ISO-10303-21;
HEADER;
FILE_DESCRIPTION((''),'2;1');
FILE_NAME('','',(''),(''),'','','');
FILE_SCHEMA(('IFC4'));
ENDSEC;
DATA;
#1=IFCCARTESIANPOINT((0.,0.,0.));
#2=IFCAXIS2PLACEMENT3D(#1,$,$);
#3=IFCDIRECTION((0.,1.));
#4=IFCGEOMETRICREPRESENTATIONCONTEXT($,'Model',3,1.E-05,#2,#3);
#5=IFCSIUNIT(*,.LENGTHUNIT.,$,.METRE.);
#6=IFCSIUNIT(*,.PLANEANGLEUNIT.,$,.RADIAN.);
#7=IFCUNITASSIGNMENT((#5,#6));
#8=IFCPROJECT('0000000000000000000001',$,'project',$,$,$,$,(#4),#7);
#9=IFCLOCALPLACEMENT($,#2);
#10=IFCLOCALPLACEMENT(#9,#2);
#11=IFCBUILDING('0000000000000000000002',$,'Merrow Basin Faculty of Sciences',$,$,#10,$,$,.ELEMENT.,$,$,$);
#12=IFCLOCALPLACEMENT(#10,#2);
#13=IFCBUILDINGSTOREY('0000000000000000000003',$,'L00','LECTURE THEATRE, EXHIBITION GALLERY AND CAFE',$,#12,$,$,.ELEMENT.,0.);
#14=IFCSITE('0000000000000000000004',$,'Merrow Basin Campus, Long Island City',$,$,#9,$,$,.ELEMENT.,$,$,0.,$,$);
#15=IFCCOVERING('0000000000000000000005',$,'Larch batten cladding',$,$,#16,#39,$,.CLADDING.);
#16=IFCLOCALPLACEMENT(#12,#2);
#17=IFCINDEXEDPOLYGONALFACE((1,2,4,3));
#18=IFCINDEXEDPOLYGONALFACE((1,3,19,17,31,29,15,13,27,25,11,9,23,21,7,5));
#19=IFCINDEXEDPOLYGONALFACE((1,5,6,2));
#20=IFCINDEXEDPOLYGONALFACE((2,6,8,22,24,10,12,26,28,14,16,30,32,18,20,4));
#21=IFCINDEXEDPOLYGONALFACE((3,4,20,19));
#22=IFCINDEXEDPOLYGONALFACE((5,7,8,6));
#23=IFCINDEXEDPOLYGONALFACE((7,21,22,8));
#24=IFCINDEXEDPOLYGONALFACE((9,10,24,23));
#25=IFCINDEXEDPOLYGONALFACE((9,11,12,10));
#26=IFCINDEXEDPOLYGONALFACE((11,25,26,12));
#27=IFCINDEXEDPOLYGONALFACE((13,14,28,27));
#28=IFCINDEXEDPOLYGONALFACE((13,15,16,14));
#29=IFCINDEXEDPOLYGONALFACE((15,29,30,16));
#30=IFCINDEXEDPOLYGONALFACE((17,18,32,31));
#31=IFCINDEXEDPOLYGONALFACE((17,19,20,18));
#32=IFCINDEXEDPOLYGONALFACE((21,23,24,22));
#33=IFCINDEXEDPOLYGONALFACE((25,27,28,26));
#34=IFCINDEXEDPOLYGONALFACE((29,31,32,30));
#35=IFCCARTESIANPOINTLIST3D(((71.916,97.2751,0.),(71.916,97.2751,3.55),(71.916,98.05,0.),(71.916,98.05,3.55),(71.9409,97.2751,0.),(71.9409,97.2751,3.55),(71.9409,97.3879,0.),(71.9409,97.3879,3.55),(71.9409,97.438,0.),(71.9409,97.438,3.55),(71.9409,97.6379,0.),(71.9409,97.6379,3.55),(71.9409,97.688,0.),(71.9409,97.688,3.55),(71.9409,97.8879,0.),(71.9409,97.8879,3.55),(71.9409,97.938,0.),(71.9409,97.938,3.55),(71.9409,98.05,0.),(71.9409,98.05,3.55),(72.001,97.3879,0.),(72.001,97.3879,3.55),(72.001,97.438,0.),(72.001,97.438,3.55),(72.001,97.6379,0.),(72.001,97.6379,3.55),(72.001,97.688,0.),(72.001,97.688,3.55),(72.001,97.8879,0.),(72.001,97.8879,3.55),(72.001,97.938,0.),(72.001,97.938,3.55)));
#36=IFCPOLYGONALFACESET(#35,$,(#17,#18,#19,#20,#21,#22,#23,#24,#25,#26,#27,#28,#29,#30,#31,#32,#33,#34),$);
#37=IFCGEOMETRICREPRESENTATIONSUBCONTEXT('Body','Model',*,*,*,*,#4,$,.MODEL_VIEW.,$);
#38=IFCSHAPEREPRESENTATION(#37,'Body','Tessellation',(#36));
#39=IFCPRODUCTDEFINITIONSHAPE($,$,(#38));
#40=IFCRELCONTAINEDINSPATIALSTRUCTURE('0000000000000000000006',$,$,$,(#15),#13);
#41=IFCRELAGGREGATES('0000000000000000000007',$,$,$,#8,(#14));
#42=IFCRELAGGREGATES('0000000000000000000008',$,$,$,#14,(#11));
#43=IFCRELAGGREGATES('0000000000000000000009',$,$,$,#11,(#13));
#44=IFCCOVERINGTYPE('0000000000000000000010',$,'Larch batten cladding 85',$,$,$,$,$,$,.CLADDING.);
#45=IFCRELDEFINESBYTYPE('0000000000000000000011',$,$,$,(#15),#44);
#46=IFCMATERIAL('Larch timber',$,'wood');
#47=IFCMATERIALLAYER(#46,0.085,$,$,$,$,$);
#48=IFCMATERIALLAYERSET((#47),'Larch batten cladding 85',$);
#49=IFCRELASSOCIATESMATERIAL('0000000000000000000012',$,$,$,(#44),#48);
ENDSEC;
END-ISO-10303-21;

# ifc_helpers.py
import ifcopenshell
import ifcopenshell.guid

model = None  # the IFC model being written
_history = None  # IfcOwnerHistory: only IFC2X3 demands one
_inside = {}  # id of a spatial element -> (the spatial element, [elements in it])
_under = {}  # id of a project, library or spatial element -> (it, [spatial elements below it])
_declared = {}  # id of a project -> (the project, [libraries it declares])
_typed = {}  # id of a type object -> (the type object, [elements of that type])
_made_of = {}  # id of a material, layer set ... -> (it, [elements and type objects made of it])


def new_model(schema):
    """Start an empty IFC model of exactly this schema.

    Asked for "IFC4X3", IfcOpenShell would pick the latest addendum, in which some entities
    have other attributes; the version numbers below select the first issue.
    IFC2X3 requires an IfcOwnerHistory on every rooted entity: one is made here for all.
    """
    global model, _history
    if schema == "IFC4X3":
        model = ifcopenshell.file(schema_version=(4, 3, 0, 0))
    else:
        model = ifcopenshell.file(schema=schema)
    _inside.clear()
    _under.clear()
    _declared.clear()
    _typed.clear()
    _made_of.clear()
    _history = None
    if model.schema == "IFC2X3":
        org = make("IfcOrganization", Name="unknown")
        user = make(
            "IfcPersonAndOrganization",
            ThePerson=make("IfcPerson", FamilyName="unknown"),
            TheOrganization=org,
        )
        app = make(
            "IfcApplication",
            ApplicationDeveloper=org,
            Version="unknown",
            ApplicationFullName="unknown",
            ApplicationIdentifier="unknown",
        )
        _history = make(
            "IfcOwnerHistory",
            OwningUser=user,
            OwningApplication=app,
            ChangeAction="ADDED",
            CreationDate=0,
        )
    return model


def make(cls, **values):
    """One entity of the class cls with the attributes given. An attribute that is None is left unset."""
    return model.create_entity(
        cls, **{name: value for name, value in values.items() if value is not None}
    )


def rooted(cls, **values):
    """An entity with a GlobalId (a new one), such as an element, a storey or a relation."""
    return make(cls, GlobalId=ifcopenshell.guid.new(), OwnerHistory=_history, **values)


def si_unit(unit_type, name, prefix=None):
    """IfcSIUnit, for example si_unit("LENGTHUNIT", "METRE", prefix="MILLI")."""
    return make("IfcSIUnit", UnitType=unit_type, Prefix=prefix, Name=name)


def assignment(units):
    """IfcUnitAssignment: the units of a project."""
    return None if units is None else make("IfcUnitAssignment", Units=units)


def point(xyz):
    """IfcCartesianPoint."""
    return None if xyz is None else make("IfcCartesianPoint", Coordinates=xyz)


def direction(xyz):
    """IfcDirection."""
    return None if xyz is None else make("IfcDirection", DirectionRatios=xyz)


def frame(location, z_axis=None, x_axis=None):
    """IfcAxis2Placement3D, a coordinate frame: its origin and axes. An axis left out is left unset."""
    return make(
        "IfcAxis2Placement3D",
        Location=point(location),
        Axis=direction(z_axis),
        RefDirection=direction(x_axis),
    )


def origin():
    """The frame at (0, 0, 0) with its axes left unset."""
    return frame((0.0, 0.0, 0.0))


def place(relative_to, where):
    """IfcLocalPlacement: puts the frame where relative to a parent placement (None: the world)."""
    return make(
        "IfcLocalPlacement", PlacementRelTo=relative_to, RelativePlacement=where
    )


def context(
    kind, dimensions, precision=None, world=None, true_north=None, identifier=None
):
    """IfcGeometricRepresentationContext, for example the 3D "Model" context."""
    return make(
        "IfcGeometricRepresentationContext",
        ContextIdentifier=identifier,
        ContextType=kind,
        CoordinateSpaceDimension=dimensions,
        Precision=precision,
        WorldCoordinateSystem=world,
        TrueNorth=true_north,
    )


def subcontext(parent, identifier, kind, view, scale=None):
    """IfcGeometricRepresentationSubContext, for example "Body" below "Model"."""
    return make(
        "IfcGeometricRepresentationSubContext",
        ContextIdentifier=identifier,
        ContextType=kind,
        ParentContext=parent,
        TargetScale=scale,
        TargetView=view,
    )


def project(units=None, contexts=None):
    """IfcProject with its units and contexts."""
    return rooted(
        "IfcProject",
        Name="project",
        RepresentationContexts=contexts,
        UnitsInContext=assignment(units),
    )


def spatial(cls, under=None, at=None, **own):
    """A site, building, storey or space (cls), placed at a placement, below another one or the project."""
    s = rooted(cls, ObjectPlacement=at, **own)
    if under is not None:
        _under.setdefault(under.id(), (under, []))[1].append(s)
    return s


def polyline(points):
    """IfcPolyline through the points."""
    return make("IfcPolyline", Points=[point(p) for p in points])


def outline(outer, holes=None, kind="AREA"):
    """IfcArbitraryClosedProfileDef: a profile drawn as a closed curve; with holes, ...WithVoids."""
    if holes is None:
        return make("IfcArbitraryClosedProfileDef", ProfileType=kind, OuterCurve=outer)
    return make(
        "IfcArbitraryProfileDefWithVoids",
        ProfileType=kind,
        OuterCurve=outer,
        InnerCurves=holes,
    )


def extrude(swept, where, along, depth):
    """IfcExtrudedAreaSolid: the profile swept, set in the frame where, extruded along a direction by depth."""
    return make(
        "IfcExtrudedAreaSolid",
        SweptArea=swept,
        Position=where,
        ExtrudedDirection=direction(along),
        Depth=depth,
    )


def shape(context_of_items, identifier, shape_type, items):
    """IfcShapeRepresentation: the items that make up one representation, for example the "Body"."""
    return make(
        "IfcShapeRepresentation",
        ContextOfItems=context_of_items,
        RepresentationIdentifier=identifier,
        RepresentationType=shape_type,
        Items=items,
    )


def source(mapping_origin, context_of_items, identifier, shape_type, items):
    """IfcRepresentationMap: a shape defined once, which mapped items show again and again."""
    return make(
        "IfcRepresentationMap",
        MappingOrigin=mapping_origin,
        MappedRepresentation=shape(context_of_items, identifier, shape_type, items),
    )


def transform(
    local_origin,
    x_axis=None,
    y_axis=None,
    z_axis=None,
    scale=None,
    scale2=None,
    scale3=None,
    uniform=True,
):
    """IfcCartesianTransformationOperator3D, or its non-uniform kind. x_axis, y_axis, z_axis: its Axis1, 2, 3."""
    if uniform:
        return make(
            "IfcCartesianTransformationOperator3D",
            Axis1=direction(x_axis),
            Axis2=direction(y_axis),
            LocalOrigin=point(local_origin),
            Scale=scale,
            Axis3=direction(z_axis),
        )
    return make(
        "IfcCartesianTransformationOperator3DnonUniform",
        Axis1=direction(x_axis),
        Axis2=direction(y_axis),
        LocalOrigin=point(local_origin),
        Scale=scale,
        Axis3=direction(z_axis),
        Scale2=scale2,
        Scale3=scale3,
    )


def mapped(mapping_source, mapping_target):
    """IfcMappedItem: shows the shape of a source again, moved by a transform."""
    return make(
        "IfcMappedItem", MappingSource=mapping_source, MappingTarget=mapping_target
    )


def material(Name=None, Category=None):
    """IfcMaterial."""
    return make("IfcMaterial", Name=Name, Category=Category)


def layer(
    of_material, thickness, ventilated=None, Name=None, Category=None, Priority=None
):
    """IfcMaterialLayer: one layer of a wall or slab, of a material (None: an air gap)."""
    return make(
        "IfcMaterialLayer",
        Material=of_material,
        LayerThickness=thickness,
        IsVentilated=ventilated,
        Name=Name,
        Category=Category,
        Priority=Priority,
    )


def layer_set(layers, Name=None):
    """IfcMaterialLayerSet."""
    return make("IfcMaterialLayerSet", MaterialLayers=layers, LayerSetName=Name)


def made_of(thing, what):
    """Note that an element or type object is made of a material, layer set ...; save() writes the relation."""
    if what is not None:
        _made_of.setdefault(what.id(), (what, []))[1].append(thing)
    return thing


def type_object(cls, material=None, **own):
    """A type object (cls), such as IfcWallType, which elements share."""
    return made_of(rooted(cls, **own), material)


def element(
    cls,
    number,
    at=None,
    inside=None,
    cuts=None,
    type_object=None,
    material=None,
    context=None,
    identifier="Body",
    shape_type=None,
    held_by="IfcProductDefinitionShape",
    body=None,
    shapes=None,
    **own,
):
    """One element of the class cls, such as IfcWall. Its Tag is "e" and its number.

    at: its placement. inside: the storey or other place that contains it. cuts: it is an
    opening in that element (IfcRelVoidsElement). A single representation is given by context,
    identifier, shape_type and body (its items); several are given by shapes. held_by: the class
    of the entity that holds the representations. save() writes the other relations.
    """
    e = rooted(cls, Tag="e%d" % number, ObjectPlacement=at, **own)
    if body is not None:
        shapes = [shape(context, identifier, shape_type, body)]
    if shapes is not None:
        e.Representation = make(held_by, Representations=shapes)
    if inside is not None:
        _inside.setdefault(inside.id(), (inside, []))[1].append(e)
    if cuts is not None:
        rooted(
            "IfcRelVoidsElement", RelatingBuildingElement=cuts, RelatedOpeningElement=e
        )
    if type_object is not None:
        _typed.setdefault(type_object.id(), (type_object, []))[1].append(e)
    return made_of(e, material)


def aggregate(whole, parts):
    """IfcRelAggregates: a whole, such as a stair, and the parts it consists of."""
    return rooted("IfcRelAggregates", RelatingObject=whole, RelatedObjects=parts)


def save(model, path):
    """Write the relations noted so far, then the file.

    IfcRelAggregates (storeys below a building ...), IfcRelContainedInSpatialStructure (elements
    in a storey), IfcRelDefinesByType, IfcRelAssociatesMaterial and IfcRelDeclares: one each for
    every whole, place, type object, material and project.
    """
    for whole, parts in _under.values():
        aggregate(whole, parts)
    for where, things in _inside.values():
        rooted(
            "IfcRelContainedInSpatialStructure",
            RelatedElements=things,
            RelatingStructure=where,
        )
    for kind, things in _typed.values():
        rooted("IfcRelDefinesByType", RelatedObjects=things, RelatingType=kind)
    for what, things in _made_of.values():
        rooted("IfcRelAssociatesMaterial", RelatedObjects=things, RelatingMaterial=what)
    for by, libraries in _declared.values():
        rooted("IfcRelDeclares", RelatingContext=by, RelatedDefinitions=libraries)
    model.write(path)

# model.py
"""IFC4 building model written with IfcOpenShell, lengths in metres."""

from ifc_helpers import new_model, si_unit, direction, frame, origin, place, context, subcontext, project, spatial, polyline, outline, extrude, source, transform, mapped, material, layer, layer_set, type_object, element, save


model = new_model("IFC4")

# Units and contexts
model_context = context("Model", 3, precision=1e-05, world=origin(), true_north=direction((0.0, 1.0)))
body_context = subcontext(model_context, "Body", "Model", "MODEL_VIEW")
ifc_project = project(units=[si_unit("LENGTHUNIT", "METRE"), si_unit("PLANEANGLEUNIT", "RADIAN")], contexts=[model_context])

# Site, building, storey
site_placement = place(None, origin())
site = spatial("IfcSite", under=ifc_project, at=site_placement, Name="Merrow Basin Campus, Long Island City", CompositionType="ELEMENT", RefElevation=0.0)
building_placement = place(site_placement, origin())
building = spatial("IfcBuilding", under=site, at=building_placement, Name="Merrow Basin Faculty of Sciences", CompositionType="ELEMENT")
storey_placement = place(building_placement, origin())
storey = spatial("IfcBuildingStorey", under=building, at=storey_placement, Name="L00", Description="LECTURE THEATRE, EXHIBITION GALLERY AND CAFE", CompositionType="ELEMENT", Elevation=0.0)

# Covering
ifc_material_1 = material(Name="Larch timber", Category="wood")
ifc_layer_1 = layer(ifc_material_1, 0.085)
ifc_layer_set_1 = layer_set([ifc_layer_1], Name="Larch batten cladding 85")
covering_type = type_object("IfcCoveringType", Name="Larch batten cladding 85", PredefinedType="CLADDING", material=ifc_layer_set_1)
shared_shape_1 = source(origin(), body_context, "Body", "SweptSolid", [
    extrude(outline(polyline([(0.0, 0.0), (0.7749, 0.0), (0.7749, 0.0249), (0.6621, 0.0249), (0.6621, 0.085), (0.6121, 0.085), (0.6121, 0.0249), (0.4121, 0.0249), (0.4121, 0.085), (0.3621, 0.085), (0.3621, 0.0249), (0.1621, 0.0249), (0.1621, 0.085), (0.1121, 0.085), (0.1121, 0.0249), (0.0, 0.0249), (0.0, 0.0)])), origin(), (0.0, 0.0, 1.0), 3.55),
])
for number, where, z_axis, x_axis, name in (
    (1, (71.916, 98.05, 0.0), (0.0, 0.0, 1.0), (0.0, -1.0, 0.0), "Larch batten cladding"),
):
    element("IfcCovering", number, at=place(storey_placement, frame(where, z_axis=z_axis, x_axis=x_axis)), inside=storey, type_object=covering_type, Name=name, PredefinedType="CLADDING", context=body_context, shape_type="MappedRepresentation", body=[
        mapped(shared_shape_1, transform((0.0, 0.0, 0.0), scale=1.0)),
    ])

save(model, "model.ifc")
